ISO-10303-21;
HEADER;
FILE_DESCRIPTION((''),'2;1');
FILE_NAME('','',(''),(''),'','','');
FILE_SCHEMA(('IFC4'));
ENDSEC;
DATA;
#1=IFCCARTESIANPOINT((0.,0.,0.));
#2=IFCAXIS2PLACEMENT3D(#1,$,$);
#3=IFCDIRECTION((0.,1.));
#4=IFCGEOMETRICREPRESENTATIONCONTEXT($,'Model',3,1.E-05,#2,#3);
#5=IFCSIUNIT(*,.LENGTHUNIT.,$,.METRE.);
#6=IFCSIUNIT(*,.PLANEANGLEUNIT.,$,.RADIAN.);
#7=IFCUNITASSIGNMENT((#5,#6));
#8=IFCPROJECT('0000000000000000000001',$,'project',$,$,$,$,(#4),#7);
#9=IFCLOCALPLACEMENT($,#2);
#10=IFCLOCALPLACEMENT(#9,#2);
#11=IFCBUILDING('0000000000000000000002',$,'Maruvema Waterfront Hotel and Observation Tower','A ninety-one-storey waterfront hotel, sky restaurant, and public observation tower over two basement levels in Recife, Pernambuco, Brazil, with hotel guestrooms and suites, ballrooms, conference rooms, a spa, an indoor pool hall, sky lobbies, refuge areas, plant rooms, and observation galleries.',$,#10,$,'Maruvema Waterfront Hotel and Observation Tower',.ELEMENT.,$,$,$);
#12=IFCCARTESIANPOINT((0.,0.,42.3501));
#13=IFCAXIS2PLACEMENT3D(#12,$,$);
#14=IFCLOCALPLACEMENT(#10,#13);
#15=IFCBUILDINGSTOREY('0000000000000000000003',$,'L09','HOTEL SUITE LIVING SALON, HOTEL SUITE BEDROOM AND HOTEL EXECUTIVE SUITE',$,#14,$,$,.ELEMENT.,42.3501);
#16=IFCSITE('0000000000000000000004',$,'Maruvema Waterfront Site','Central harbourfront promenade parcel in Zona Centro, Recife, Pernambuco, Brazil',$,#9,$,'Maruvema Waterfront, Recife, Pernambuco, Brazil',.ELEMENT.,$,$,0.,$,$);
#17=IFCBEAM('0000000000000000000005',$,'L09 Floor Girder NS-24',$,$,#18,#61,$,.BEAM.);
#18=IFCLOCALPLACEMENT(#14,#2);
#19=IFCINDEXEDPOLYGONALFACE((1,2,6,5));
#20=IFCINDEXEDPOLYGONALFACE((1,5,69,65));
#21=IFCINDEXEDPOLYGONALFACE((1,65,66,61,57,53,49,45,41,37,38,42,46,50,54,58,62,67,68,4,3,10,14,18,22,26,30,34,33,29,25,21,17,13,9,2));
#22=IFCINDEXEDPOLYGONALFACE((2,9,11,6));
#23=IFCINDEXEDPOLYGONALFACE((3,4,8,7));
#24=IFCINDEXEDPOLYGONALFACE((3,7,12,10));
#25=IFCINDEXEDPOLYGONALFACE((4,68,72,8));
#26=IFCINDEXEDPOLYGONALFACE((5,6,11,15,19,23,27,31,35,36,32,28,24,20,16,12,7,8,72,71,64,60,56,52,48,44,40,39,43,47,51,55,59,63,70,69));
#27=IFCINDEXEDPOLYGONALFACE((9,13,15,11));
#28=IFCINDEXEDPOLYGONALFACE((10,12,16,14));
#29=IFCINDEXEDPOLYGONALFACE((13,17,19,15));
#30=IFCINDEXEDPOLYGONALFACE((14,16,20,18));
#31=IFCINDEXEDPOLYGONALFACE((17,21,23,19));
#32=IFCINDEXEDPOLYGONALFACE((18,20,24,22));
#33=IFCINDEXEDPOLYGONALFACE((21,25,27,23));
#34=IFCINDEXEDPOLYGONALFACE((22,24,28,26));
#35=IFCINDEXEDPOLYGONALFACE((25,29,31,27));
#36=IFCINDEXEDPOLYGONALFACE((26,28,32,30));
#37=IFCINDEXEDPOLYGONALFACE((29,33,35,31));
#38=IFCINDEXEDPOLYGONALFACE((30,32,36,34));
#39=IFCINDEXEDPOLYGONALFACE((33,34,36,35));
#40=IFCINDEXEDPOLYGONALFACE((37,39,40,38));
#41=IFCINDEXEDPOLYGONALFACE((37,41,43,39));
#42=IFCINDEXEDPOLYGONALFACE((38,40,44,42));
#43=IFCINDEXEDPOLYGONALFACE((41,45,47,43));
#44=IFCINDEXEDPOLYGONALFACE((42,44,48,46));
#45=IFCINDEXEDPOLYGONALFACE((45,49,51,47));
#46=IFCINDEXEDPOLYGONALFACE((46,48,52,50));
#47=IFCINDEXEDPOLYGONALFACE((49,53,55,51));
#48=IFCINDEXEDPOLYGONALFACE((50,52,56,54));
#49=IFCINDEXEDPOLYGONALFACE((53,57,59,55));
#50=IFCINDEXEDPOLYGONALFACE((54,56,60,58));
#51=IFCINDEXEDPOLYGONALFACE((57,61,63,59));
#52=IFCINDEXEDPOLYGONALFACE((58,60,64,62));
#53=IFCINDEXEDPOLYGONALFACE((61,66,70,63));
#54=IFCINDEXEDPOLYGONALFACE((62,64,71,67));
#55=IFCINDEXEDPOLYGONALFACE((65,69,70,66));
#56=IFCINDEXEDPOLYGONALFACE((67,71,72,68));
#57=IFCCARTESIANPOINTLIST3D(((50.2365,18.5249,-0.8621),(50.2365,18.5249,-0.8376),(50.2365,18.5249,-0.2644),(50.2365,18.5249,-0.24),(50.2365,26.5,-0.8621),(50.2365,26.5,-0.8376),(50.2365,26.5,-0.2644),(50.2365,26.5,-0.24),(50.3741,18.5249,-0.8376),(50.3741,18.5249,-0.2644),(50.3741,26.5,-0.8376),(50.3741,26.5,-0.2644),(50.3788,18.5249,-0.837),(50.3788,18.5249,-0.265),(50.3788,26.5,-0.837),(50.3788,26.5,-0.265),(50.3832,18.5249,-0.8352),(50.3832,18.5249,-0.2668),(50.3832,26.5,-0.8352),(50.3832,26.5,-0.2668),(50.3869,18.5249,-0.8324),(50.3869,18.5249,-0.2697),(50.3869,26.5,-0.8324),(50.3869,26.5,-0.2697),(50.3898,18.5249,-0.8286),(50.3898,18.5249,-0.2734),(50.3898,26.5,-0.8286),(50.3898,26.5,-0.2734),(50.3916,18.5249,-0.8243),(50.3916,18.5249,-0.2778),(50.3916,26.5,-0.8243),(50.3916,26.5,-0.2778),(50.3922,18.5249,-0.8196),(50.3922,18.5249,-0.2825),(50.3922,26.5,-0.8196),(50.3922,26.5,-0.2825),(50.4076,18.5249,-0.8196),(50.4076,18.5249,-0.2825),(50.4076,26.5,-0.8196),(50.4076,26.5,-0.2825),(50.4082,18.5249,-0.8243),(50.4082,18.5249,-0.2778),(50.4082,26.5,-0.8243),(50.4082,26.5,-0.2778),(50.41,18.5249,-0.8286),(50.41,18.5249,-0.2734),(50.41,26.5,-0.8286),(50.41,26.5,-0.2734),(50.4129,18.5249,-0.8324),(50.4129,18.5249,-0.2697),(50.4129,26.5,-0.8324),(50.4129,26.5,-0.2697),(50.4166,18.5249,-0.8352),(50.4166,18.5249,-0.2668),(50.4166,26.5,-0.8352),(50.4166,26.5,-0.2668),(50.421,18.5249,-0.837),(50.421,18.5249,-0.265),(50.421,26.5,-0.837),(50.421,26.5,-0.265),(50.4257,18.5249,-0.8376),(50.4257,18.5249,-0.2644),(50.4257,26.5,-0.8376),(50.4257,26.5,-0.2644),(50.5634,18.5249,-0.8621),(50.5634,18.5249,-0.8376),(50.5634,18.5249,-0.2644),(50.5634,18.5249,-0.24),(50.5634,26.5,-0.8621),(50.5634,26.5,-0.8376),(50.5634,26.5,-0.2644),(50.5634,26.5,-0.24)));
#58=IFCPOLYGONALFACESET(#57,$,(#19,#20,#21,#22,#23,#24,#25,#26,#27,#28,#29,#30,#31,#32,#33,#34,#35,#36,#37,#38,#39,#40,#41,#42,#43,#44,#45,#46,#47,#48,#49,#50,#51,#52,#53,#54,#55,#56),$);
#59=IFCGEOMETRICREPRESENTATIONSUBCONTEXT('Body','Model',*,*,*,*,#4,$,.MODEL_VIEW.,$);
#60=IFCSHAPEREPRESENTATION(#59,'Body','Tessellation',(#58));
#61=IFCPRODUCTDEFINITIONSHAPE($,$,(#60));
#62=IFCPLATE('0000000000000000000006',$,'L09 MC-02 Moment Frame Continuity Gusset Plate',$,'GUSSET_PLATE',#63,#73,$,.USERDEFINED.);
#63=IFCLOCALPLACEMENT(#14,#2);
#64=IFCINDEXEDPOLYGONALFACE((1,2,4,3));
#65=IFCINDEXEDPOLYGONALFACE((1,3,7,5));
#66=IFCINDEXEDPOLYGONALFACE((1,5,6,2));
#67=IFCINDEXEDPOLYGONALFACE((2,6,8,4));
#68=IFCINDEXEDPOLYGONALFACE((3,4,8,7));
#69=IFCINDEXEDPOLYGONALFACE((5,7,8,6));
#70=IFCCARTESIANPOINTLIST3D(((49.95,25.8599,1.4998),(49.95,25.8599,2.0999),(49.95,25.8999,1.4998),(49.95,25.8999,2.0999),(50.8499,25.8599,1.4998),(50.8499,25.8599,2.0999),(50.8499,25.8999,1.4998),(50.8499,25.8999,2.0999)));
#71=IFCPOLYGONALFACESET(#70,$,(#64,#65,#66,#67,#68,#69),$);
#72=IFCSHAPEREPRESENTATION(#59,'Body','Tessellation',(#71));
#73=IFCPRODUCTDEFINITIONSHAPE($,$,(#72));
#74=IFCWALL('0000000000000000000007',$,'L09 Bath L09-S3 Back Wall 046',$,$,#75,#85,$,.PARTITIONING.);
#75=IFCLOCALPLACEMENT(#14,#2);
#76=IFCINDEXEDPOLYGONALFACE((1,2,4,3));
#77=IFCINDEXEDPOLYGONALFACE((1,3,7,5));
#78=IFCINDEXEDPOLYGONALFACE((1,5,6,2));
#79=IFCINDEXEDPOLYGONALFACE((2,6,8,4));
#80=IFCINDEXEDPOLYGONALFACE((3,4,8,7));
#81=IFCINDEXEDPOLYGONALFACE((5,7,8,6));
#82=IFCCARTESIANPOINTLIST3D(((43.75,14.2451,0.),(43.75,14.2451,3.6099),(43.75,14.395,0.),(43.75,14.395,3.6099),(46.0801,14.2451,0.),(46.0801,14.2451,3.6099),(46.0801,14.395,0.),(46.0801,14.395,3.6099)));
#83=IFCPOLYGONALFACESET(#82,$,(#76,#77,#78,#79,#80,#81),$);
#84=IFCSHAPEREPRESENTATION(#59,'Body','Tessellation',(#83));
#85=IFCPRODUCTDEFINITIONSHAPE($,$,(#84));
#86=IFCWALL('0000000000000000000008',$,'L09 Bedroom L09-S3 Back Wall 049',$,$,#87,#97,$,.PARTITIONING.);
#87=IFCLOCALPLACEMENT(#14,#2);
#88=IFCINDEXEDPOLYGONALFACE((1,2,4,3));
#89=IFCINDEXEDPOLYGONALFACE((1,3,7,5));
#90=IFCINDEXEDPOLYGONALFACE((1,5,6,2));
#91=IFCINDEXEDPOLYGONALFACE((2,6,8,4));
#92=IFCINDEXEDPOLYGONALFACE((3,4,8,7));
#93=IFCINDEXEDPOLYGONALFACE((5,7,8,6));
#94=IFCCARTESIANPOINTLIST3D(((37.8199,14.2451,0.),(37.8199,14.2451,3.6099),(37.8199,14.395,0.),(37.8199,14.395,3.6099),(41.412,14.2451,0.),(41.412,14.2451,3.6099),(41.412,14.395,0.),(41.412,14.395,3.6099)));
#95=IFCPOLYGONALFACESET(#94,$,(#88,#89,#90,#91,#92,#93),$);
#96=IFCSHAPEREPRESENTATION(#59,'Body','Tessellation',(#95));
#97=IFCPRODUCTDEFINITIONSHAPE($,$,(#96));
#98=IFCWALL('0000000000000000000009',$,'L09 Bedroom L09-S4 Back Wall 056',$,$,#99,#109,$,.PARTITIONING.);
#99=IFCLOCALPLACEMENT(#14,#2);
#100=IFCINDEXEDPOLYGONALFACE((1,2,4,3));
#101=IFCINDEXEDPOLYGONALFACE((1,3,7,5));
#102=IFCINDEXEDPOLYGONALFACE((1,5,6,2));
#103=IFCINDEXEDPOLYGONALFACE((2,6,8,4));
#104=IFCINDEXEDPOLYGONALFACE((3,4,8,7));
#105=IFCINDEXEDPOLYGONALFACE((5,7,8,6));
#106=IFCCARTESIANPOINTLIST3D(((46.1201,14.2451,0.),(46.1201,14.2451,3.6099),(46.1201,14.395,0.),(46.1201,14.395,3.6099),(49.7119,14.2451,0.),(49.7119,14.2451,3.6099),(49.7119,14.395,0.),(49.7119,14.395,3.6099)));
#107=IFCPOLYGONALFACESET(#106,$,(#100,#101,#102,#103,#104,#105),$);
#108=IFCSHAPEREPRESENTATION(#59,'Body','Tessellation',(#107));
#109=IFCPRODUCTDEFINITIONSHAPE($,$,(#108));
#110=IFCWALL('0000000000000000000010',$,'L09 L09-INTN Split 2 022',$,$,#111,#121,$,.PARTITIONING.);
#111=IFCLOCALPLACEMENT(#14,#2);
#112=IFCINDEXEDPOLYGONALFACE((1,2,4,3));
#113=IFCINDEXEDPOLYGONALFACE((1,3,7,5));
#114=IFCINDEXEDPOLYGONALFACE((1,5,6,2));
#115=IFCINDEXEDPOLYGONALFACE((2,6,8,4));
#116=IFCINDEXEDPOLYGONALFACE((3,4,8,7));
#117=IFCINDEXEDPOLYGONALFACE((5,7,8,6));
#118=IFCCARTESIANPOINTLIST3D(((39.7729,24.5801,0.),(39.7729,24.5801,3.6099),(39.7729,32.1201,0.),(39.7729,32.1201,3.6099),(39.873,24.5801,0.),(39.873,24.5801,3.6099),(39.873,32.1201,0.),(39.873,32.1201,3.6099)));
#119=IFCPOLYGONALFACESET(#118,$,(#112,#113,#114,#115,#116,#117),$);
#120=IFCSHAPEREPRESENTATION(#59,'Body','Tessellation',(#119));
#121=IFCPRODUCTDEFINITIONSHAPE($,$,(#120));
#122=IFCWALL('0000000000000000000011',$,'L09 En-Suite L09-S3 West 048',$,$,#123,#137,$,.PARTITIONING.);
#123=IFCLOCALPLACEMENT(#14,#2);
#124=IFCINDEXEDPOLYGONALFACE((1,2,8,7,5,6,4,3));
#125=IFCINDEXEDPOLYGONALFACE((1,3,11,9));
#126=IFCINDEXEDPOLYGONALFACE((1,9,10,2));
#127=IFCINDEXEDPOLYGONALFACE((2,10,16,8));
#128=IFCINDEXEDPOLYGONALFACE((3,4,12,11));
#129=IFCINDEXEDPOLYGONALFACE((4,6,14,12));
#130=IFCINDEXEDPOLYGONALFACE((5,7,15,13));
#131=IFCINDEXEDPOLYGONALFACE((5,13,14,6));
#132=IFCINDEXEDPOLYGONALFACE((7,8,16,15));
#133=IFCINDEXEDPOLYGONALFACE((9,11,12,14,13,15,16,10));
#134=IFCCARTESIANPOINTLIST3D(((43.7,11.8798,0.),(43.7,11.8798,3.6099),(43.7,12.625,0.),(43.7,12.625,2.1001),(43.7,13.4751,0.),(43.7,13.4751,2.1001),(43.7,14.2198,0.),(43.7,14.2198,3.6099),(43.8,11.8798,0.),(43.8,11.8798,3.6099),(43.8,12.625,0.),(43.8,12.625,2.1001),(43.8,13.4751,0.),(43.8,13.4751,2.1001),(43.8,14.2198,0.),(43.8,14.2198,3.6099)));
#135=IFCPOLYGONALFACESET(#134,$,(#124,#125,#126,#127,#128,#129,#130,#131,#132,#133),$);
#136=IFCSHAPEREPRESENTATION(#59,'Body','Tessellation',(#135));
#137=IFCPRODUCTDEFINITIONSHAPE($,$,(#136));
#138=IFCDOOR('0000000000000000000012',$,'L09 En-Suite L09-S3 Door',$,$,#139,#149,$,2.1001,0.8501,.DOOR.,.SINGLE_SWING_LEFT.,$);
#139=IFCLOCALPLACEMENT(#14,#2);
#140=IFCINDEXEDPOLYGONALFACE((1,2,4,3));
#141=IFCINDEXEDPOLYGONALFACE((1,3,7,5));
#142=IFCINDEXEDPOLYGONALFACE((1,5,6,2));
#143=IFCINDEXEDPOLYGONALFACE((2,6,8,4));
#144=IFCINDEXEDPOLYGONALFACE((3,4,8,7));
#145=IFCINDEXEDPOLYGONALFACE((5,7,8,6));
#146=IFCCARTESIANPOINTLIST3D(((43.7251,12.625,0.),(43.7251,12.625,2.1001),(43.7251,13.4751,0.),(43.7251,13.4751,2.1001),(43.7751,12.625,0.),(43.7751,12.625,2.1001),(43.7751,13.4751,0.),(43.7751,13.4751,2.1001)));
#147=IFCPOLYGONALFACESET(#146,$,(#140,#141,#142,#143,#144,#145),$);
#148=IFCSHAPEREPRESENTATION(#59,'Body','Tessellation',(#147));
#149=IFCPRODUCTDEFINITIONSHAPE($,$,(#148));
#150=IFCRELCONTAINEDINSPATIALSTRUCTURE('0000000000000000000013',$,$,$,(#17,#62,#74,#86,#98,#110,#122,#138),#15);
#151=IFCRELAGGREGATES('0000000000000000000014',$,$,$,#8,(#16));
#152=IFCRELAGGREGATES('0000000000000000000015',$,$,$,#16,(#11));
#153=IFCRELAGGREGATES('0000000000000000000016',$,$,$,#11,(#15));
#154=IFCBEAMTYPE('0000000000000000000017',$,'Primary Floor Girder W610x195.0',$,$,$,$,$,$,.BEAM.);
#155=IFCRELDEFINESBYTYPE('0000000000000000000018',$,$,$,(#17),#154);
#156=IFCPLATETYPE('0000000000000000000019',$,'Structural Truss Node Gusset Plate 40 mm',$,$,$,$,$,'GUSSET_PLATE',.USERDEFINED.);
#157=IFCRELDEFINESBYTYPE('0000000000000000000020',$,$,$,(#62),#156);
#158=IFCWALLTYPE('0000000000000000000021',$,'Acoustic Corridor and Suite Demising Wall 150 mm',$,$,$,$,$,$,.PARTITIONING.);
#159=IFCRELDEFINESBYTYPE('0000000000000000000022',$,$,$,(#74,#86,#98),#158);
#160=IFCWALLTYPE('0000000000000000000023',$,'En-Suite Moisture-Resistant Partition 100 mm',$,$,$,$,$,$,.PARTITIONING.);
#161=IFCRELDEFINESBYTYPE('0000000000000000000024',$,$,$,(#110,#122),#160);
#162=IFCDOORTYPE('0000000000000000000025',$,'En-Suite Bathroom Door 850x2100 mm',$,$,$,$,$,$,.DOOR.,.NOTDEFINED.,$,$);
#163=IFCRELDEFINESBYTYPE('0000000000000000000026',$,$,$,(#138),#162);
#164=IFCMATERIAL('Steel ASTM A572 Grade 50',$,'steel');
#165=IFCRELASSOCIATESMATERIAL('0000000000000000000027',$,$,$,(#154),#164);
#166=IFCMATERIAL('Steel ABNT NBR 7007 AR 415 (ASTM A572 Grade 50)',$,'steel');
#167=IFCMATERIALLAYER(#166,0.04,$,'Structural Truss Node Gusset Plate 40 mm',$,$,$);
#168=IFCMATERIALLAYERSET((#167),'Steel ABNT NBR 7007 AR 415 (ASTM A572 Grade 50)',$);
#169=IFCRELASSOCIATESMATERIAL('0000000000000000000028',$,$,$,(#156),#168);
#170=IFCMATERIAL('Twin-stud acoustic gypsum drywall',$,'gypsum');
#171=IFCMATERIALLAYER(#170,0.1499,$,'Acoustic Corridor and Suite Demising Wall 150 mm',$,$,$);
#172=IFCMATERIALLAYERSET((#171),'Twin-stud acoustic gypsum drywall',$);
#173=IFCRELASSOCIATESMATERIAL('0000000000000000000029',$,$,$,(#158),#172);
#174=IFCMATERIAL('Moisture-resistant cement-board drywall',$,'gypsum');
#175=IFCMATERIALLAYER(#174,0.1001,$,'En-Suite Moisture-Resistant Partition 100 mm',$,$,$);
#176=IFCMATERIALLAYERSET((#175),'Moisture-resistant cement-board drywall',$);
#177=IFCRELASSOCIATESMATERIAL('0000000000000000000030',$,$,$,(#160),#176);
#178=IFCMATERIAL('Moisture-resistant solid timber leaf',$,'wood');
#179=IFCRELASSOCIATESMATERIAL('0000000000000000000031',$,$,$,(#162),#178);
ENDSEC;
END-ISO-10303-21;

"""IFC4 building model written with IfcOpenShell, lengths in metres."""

from ifc_helpers import new_model, si_unit, direction, frame, frame_2d, origin, origin_2d, place, context, subcontext, project, spatial, rectangle, i_section, extrude, material, layer, layer_set, material_profile, profile_set, type_object, element, fill, save


model = new_model("IFC4")

# Units and contexts
model_context = context("Model", 3, precision=1e-05, world=origin(), true_north=direction((0.0, 1.0)))
body_context = subcontext(model_context, "Body", "Model", "MODEL_VIEW")
ifc_project = project(units=[si_unit("LENGTHUNIT", "METRE"), si_unit("PLANEANGLEUNIT", "RADIAN")], contexts=[model_context])

# Site, building, storey
site_placement = place(None, origin())
site = spatial("IfcSite", under=ifc_project, at=site_placement, Name="Maruvema Waterfront Site", Description="Central harbourfront promenade parcel in Zona Centro, Recife, Pernambuco, Brazil", LongName="Maruvema Waterfront, Recife, Pernambuco, Brazil", CompositionType="ELEMENT", RefElevation=0.0)
building_placement = place(site_placement, origin())
building = spatial("IfcBuilding", under=site, at=building_placement, Name="Maruvema Waterfront Hotel and Observation Tower", Description="A ninety-one-storey waterfront hotel, sky restaurant, and public observation tower over two basement levels in Recife, Pernambuco, Brazil, with hotel guestrooms and suites, ballrooms, conference rooms, a spa, an indoor pool hall, sky lobbies, refuge areas, plant rooms, and observation galleries.", LongName="Maruvema Waterfront Hotel and Observation Tower", CompositionType="ELEMENT")
storey_placement = place(building_placement, frame((0.0, 0.0, 42.3501)))
storey = spatial("IfcBuildingStorey", under=building, at=storey_placement, Name="L09", Description="HOTEL SUITE LIVING SALON, HOTEL SUITE BEDROOM AND HOTEL EXECUTIVE SUITE", CompositionType="ELEMENT", Elevation=42.3501)

# Beam
ifc_material_1 = material(Name="Steel ASTM A572 Grade 50", Category="steel")
ifc_material_profile_1 = material_profile(ifc_material_1, i_section(OverallWidth=0.3269, OverallDepth=0.6221, WebThickness=0.0154, FlangeThickness=0.0244, FilletRadius=0.0181, at=origin_2d()), Name="W610x195.0")
ifc_profile_set_1 = profile_set([ifc_material_profile_1], Name="Steel ASTM A572 Grade 50")
beam_type = type_object("IfcBeamType", Name="Primary Floor Girder W610x195.0", PredefinedType="BEAM", material=ifc_profile_set_1)
beam_1_placement = place(storey_placement, frame((50.3999, 18.5249, -0.551), z_axis=(0.0, 1.0, 0.0), x_axis=(-1.0, 0.0, 0.0)))
element("IfcBeam", 1, at=beam_1_placement, inside=storey, type_object=beam_type, Name="L09 Floor Girder NS-24", PredefinedType="BEAM", context=body_context, shape_type="SweptSolid", body=[
    extrude(i_section(OverallWidth=0.3269, OverallDepth=0.6221, WebThickness=0.0154, FlangeThickness=0.0244, FilletRadius=0.0181, at=origin_2d()), origin(), (0.0, 0.0, 1.0), 7.9751),
])

# Plate
ifc_material_2 = material(Name="Steel ABNT NBR 7007 AR 415 (ASTM A572 Grade 50)", Category="steel")
ifc_layer_1 = layer(ifc_material_2, 0.04, Name="Structural Truss Node Gusset Plate 40 mm")
ifc_layer_set_1 = layer_set([ifc_layer_1], Name="Steel ABNT NBR 7007 AR 415 (ASTM A572 Grade 50)")
plate_type = type_object("IfcPlateType", Name="Structural Truss Node Gusset Plate 40 mm", ElementType="GUSSET_PLATE", PredefinedType="USERDEFINED", material=ifc_layer_set_1)
plate_placement = place(storey_placement, frame((50.3999, 25.8799, 1.4998), z_axis=(0.0, 0.0, 1.0), x_axis=(1.0, 0.0, 0.0)))
element("IfcPlate", 2, at=plate_placement, inside=storey, type_object=plate_type, Name="L09 MC-02 Moment Frame Continuity Gusset Plate", ObjectType="GUSSET_PLATE", PredefinedType="USERDEFINED", context=body_context, shape_type="SweptSolid", body=[
    extrude(rectangle(XDim=0.8999, YDim=0.04, at=origin_2d()), origin(), (0.0, 0.0, 1.0), 0.6001),
])

# Walls
ifc_material_3 = material(Name="Twin-stud acoustic gypsum drywall", Category="gypsum")
ifc_layer_2 = layer(ifc_material_3, 0.1499, Name="Acoustic Corridor and Suite Demising Wall 150 mm")
ifc_layer_set_2 = layer_set([ifc_layer_2], Name="Twin-stud acoustic gypsum drywall")
wall_type_1 = type_object("IfcWallType", Name="Acoustic Corridor and Suite Demising Wall 150 mm", PredefinedType="PARTITIONING", material=ifc_layer_set_2)
wall_1_placement = place(storey_placement, frame((43.75, 14.3201, 0.0), z_axis=(0.0, 0.0, 1.0), x_axis=(1.0, 0.0, 0.0)))
element("IfcWall", 3, at=wall_1_placement, inside=storey, type_object=wall_type_1, Name="L09 Bath L09-S3 Back Wall 046", PredefinedType="PARTITIONING", context=body_context, shape_type="SweptSolid", body=[
    extrude(rectangle(XDim=2.3301, YDim=0.1499, at=frame_2d((1.165, 0.0))), origin(), (0.0, 0.0, 1.0), 3.6099),
])
wall_2_placement = place(storey_placement, frame((37.8201, 14.3201, 0.0), z_axis=(0.0, 0.0, 1.0), x_axis=(1.0, 0.0, 0.0)))
element("IfcWall", 4, at=wall_2_placement, inside=storey, type_object=wall_type_1, Name="L09 Bedroom L09-S3 Back Wall 049", PredefinedType="PARTITIONING", context=body_context, shape_type="SweptSolid", body=[
    extrude(rectangle(XDim=3.592, YDim=0.1499, at=frame_2d((1.7959, 0.0))), origin(), (0.0, 0.0, 1.0), 3.6099),
])

# Wall
wall_3_placement = place(storey_placement, frame((46.1201, 14.3201, 0.0), z_axis=(0.0, 0.0, 1.0), x_axis=(1.0, 0.0, 0.0)))
element("IfcWall", 5, at=wall_3_placement, inside=storey, type_object=wall_type_1, Name="L09 Bedroom L09-S4 Back Wall 056", PredefinedType="PARTITIONING", context=body_context, shape_type="SweptSolid", body=[
    extrude(rectangle(XDim=3.5918, YDim=0.1499, at=frame_2d((1.7959, 0.0))), origin(), (0.0, 0.0, 1.0), 3.6099),
])

# Wall
ifc_material_4 = material(Name="Moisture-resistant cement-board drywall", Category="gypsum")
ifc_layer_3 = layer(ifc_material_4, 0.1001, Name="En-Suite Moisture-Resistant Partition 100 mm")
ifc_layer_set_3 = layer_set([ifc_layer_3], Name="Moisture-resistant cement-board drywall")
wall_type_2 = type_object("IfcWallType", Name="En-Suite Moisture-Resistant Partition 100 mm", PredefinedType="PARTITIONING", material=ifc_layer_set_3)
wall_4_placement = place(storey_placement, frame((39.823, 24.5801, 0.0), z_axis=(0.0, 0.0, 1.0), x_axis=(0.0, 1.0, 0.0)))
element("IfcWall", 6, at=wall_4_placement, inside=storey, type_object=wall_type_2, Name="L09 L09-INTN Split 2 022", PredefinedType="PARTITIONING", context=body_context, shape_type="SweptSolid", body=[
    extrude(rectangle(XDim=7.54, YDim=0.1001, at=frame_2d((3.77, 0.0))), origin(), (0.0, 0.0, 1.0), 3.6099),
])

# Wall, opening, door
wall_5_placement = place(storey_placement, frame((43.75, 11.8799, 0.0), z_axis=(0.0, 0.0, 1.0), x_axis=(0.0, 1.0, 0.0)))
wall_5 = element("IfcWall", 7, at=wall_5_placement, inside=storey, type_object=wall_type_2, Name="L09 En-Suite L09-S3 West 048", PredefinedType="PARTITIONING", context=body_context, shape_type="SweptSolid", body=[
    extrude(rectangle(XDim=2.3401, YDim=0.1001, at=frame_2d((1.1699, 0.0))), origin(), (0.0, 0.0, 1.0), 3.6099),
])
opening_1_placement = place(wall_5_placement, frame((0.7451, 0.0, 0.0)))
opening_1 = element("IfcOpeningElement", 8, at=opening_1_placement, cuts=wall_5, PredefinedType="OPENING", context=body_context, shape_type="SweptSolid", body=[
    extrude(rectangle(XDim=0.8501, YDim=2.1001, at=frame_2d((0.425, 1.05))), frame((0.0, 0.0601, 0.0), z_axis=(0.0, -1.0, 0.0), x_axis=(1.0, 0.0, 0.0)), (0.0, 0.0, 1.0), 0.1201),
])
ifc_material_5 = material(Name="Moisture-resistant solid timber leaf", Category="wood")
door_type_1 = type_object("IfcDoorType", Name="En-Suite Bathroom Door 850x2100 mm", OperationType="NOTDEFINED", PredefinedType="DOOR", material=ifc_material_5)
door_1_placement = place(opening_1_placement, origin())
door_1 = element("IfcDoor", 9, at=door_1_placement, inside=storey, type_object=door_type_1, Name="L09 En-Suite L09-S3 Door", OperationType="SINGLE_SWING_LEFT", OverallHeight=2.1001, OverallWidth=0.8501, PredefinedType="DOOR", context=body_context, shape_type="SweptSolid", body=[
    extrude(rectangle(XDim=0.8501, YDim=2.1001, at=frame_2d((0.425, 1.05))), frame((0.0, 0.0249, 0.0), z_axis=(0.0, -1.0, 0.0), x_axis=(1.0, 0.0, 0.0)), (0.0, 0.0, 1.0), 0.05),
])
fill(opening_1, door_1)

save(model, "model.ifc")
